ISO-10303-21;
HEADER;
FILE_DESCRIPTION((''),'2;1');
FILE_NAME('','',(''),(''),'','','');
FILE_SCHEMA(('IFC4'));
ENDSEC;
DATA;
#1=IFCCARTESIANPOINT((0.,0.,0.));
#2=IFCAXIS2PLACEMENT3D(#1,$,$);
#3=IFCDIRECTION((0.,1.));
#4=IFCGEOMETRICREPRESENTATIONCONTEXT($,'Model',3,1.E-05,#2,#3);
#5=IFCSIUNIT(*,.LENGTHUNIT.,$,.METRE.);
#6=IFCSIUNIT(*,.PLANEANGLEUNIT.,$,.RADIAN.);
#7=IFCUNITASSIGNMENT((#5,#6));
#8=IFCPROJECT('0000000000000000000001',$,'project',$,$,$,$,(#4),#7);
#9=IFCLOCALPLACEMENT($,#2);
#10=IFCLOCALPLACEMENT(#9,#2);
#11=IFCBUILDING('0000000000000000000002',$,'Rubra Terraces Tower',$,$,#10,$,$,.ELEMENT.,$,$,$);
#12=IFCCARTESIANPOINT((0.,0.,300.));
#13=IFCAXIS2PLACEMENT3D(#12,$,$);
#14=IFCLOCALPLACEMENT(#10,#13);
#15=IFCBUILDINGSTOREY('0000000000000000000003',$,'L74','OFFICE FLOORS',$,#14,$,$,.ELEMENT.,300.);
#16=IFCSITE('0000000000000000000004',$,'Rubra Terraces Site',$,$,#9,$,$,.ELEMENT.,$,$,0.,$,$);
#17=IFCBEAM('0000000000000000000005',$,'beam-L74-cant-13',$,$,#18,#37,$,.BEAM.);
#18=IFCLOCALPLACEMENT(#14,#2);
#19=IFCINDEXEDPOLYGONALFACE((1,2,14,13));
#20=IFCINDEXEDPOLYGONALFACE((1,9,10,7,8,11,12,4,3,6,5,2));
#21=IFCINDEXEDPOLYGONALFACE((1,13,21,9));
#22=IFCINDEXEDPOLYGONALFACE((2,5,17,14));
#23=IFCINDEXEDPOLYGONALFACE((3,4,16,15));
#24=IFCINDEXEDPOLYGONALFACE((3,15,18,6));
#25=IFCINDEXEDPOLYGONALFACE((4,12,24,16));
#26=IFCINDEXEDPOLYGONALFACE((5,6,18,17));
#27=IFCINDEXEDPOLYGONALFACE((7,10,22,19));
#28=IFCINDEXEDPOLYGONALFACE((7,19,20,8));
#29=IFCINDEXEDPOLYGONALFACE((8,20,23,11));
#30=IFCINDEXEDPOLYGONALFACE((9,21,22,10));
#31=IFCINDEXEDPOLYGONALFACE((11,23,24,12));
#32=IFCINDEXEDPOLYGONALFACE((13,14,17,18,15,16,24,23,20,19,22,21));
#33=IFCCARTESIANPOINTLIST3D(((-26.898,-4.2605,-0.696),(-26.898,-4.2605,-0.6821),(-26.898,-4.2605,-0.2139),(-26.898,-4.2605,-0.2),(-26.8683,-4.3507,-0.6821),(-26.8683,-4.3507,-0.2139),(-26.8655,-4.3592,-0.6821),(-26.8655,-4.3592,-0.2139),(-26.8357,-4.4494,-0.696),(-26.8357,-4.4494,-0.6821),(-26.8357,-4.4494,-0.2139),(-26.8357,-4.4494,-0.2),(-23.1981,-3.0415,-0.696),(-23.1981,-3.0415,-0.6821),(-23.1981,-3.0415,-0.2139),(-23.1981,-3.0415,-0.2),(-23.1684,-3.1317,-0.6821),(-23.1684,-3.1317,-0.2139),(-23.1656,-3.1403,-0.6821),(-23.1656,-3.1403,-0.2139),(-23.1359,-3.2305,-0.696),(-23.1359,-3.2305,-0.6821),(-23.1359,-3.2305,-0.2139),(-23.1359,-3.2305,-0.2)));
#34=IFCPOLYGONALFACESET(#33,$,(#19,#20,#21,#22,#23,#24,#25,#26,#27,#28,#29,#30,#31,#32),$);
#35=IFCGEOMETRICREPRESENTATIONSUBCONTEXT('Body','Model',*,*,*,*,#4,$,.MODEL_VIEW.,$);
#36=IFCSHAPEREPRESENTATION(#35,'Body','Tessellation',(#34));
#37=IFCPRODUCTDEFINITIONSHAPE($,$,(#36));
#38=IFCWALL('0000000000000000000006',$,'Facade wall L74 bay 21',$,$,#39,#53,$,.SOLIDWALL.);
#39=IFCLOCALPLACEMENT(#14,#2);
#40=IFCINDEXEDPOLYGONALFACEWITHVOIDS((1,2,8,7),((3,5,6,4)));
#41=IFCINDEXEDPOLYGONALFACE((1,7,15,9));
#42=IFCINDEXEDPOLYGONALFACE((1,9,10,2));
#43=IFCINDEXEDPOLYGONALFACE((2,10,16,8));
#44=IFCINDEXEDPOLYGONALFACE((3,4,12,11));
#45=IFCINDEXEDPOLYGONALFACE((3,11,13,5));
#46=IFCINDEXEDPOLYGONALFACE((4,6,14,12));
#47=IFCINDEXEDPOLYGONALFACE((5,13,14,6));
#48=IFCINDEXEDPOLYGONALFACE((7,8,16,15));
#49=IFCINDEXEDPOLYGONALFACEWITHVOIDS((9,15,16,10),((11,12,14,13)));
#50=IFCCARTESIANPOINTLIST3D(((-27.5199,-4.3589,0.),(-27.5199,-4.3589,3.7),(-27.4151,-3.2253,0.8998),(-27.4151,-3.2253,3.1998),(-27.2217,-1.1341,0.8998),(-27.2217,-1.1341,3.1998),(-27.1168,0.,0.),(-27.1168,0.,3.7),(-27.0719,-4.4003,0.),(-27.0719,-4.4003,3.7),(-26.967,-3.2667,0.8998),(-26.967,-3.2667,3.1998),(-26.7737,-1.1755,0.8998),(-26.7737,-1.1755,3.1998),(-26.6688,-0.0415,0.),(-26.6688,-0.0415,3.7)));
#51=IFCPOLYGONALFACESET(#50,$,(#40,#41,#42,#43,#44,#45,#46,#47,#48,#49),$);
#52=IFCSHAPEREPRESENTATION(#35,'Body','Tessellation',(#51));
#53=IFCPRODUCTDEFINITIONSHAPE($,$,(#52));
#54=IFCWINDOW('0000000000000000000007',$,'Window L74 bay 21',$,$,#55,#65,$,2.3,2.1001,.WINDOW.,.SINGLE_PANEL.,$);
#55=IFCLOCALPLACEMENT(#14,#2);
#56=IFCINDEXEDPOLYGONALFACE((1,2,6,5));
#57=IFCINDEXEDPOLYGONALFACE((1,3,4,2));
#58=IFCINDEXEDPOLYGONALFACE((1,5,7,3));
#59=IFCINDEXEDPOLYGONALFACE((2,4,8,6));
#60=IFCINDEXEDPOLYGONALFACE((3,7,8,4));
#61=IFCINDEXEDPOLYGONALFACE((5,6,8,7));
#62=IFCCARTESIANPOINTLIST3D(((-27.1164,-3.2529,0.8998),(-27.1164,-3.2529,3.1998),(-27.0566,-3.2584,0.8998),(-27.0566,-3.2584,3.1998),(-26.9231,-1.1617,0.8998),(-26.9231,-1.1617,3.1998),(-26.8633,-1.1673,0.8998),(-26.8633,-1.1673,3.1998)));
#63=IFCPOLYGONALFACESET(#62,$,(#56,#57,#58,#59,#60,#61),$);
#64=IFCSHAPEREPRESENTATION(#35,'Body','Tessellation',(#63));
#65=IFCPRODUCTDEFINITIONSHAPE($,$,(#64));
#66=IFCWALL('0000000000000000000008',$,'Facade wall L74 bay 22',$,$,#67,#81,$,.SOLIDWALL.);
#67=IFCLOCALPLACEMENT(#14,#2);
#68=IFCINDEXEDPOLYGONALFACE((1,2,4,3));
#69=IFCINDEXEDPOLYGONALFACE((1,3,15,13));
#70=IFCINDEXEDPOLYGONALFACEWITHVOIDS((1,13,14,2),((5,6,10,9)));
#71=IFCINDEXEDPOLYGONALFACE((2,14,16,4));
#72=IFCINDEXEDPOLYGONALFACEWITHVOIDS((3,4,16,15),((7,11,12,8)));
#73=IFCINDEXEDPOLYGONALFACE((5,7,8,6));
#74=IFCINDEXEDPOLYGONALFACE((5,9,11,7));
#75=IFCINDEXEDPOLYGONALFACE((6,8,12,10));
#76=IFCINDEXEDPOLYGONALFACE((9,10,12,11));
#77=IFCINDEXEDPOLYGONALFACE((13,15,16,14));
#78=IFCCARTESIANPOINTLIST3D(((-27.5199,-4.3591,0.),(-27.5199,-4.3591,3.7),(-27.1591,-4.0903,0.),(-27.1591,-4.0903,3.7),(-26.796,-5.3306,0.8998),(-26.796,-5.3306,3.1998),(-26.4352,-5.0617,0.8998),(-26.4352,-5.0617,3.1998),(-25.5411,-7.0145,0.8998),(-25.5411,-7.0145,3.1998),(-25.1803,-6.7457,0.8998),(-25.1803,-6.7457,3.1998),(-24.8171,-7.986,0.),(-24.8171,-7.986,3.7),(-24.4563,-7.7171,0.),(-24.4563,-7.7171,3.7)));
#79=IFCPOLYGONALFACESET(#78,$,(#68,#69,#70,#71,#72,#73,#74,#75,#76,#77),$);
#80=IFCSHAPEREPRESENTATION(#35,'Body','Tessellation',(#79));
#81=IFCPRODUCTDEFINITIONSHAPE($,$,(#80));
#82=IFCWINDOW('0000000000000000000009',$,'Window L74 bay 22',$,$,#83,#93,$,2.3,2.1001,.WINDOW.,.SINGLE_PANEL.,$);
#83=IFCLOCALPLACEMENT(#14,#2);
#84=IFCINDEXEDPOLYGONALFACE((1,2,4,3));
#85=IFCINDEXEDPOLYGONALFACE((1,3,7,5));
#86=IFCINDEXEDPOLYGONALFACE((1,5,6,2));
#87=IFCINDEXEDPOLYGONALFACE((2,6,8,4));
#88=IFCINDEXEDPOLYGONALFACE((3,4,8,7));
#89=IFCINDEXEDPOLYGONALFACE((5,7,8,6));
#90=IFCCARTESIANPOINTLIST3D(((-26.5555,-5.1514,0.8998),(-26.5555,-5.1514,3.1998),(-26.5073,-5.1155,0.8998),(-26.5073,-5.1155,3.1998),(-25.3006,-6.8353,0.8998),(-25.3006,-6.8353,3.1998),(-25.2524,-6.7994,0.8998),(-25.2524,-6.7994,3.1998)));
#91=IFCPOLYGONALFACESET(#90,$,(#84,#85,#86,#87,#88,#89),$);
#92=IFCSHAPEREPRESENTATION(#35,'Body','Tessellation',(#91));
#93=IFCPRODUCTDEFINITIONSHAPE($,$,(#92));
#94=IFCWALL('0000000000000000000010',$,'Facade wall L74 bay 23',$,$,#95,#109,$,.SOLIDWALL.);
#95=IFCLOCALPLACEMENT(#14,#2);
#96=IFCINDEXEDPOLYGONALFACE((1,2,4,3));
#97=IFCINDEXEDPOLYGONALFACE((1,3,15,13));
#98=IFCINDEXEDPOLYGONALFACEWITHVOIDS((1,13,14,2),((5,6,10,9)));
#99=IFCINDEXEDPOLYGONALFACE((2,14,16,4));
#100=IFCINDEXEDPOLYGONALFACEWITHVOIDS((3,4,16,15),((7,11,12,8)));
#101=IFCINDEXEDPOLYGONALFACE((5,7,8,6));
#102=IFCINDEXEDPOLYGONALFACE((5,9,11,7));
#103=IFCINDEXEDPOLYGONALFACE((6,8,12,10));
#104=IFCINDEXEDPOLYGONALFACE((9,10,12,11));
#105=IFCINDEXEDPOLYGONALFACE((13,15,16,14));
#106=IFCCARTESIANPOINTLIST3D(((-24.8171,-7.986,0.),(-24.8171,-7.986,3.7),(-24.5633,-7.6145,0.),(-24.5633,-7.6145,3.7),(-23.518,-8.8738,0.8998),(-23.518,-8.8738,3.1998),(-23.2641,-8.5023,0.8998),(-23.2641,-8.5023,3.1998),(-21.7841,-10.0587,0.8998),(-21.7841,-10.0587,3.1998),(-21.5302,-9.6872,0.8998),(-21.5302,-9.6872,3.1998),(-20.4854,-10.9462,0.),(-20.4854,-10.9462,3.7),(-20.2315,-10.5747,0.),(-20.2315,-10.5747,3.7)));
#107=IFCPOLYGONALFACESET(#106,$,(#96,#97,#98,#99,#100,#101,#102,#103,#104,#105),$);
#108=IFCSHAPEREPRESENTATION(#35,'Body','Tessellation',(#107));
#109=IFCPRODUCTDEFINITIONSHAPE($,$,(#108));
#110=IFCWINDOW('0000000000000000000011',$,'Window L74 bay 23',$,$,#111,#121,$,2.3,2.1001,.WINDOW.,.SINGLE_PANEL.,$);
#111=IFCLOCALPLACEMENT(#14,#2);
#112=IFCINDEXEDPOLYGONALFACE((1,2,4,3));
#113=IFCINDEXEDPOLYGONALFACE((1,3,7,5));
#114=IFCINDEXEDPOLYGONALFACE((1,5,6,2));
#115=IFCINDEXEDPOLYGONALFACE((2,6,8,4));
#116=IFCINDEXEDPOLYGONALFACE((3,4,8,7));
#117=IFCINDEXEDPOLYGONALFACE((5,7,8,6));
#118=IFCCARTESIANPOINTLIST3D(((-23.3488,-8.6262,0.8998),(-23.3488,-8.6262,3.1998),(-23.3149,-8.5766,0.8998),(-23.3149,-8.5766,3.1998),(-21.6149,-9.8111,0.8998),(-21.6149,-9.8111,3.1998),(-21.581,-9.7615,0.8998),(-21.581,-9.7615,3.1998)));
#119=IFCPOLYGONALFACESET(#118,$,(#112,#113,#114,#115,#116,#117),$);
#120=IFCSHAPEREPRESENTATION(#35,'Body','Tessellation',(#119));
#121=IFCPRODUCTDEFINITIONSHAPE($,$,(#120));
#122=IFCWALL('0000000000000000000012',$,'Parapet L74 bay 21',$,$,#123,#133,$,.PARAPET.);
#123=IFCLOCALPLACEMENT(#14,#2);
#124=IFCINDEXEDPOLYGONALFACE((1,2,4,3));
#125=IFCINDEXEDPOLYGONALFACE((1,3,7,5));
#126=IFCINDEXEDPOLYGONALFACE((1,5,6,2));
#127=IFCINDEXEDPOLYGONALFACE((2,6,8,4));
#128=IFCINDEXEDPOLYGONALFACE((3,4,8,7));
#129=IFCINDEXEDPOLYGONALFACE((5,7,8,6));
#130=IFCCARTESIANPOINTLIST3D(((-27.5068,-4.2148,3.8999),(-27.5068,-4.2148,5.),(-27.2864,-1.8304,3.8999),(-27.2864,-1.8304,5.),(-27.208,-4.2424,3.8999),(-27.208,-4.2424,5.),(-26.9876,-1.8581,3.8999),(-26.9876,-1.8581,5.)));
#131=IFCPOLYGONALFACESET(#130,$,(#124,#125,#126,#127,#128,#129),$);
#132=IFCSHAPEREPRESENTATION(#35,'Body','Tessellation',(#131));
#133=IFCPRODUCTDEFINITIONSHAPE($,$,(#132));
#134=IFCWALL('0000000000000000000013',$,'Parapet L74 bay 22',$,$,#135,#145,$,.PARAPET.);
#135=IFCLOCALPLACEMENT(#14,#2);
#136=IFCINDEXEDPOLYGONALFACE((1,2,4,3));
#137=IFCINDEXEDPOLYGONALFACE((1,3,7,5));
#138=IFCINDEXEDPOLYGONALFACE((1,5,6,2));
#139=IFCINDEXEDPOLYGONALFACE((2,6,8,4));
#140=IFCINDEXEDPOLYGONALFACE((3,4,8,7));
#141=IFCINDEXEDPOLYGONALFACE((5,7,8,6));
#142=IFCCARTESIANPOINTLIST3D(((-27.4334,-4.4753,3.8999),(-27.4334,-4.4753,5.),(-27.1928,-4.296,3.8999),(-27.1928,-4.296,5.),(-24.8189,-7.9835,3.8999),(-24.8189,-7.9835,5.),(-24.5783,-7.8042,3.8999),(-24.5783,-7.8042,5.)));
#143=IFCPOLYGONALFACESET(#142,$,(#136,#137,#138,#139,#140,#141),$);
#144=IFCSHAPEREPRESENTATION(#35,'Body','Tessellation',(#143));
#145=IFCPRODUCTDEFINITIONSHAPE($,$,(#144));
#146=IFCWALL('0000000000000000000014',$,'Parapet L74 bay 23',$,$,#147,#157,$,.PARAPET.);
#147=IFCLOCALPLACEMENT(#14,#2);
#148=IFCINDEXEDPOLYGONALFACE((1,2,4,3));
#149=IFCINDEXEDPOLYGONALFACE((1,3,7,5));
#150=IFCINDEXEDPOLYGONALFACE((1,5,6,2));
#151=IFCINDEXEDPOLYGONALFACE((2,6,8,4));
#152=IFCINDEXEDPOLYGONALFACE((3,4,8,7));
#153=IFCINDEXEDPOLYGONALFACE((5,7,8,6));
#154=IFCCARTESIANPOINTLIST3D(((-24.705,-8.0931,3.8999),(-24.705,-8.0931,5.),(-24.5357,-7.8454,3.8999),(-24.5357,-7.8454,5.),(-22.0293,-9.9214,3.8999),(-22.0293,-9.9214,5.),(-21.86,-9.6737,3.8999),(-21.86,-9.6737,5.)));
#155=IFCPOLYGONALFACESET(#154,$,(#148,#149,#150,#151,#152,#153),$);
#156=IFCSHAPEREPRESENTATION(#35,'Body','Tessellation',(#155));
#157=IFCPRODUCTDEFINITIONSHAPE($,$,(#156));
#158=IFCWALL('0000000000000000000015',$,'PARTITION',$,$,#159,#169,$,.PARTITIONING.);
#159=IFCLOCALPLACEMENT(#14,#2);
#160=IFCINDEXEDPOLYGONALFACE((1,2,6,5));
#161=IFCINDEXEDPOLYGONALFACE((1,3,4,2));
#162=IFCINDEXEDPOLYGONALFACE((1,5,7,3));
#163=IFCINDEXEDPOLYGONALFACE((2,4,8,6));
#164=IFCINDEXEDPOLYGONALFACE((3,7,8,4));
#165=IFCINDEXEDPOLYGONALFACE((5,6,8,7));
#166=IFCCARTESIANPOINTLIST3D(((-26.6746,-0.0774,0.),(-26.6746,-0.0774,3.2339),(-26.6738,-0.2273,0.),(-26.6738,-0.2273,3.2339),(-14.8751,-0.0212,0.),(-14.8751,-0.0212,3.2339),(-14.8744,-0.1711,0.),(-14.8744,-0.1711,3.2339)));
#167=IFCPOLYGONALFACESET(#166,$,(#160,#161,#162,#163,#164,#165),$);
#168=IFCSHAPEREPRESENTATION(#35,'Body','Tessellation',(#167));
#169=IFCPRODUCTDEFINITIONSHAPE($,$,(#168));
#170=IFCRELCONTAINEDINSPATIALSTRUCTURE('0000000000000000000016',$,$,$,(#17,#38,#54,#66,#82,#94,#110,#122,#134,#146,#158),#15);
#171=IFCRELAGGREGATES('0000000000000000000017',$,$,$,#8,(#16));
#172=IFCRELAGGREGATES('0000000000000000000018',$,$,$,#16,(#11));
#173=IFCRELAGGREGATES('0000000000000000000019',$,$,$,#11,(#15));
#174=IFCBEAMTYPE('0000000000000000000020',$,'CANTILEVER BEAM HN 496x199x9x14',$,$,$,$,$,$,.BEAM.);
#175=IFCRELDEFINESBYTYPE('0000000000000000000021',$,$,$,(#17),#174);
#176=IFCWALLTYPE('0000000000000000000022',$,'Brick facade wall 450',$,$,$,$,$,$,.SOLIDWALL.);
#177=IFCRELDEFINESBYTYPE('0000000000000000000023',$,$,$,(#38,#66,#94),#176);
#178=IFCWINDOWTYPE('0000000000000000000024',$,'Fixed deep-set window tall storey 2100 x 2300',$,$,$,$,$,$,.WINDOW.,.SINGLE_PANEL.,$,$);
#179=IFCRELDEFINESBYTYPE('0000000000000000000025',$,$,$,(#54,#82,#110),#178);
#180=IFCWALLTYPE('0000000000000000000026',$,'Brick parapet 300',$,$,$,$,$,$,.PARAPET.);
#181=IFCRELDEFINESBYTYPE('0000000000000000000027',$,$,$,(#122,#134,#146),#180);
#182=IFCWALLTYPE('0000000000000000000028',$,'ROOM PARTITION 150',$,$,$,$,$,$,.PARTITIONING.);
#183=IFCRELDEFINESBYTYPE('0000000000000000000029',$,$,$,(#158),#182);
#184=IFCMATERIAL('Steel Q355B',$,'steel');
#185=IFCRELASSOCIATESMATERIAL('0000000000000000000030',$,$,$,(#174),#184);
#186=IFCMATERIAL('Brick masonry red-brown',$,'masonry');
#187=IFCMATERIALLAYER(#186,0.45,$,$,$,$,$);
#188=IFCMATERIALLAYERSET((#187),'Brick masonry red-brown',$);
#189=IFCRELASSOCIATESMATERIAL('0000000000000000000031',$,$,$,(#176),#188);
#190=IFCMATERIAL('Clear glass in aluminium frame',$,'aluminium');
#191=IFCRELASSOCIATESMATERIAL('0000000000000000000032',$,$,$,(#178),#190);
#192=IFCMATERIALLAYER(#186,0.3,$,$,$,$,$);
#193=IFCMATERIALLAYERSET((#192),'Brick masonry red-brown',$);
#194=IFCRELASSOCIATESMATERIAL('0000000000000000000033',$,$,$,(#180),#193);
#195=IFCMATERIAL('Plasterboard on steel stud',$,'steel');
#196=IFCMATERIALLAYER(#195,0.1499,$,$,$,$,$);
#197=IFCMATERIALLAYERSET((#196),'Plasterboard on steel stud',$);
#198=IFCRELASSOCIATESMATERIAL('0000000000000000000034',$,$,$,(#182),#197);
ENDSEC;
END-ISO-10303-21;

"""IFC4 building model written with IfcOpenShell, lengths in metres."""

from ifc_helpers import new_model, si_unit, direction, frame, frame_2d, origin, origin_2d, place, context, subcontext, project, spatial, rectangle, i_section, extrude, material, layer, layer_set, material_profile, profile_set, type_object, element, fill, save


model = new_model("IFC4")

# Units and contexts
model_context = context("Model", 3, precision=1e-05, world=origin(), true_north=direction((0.0, 1.0)))
body_context = subcontext(model_context, "Body", "Model", "MODEL_VIEW")
ifc_project = project(units=[si_unit("LENGTHUNIT", "METRE"), si_unit("PLANEANGLEUNIT", "RADIAN")], contexts=[model_context])

# Site, building, storey
site_placement = place(None, origin())
site = spatial("IfcSite", under=ifc_project, at=site_placement, Name="Rubra Terraces Site", CompositionType="ELEMENT", RefElevation=0.0)
building_placement = place(site_placement, origin())
building = spatial("IfcBuilding", under=site, at=building_placement, Name="Rubra Terraces Tower", CompositionType="ELEMENT")
storey_placement = place(building_placement, frame((0.0, 0.0, 300.0)))
storey = spatial("IfcBuildingStorey", under=building, at=storey_placement, Name="L74", Description="OFFICE FLOORS", CompositionType="ELEMENT", Elevation=300.0)

# Beam
ifc_material_1 = material(Name="Steel Q355B", Category="steel")
ifc_material_profile = material_profile(ifc_material_1, i_section(OverallWidth=0.199, OverallDepth=0.4961, WebThickness=0.009, FlangeThickness=0.0139, at=origin_2d()), Name="HN 496x199x9x14")
ifc_profile_set = profile_set([ifc_material_profile], Name="Steel Q355B")
beam_type = type_object("IfcBeamType", Name="CANTILEVER BEAM HN 496x199x9x14", PredefinedType="BEAM", material=ifc_profile_set)
beam_placement = place(storey_placement, frame((-23.167, -3.136, -0.448), z_axis=(-0.949781, -0.312917, 0.0), x_axis=(0.312917, -0.949781, 0.0)))
element("IfcBeam", 1, at=beam_placement, inside=storey, type_object=beam_type, Name="beam-L74-cant-13", PredefinedType="BEAM", context=body_context, shape_type="SweptSolid", body=[
    extrude(i_section(OverallWidth=0.199, OverallDepth=0.4961, WebThickness=0.009, FlangeThickness=0.0139, at=origin_2d()), origin(), (0.0, 0.0, 1.0), 3.8955),
])

# Walls, openings, windows
ifc_material_2 = material(Name="Brick masonry red-brown", Category="masonry")
ifc_layer_1 = layer(ifc_material_2, 0.45)
ifc_layer_set_1 = layer_set([ifc_layer_1], Name="Brick masonry red-brown")
wall_type_1 = type_object("IfcWallType", Name="Brick facade wall 450", PredefinedType="SOLIDWALL", material=ifc_layer_set_1)
wall_1_placement = place(storey_placement, frame((-26.8928, -0.0208, 0.0), z_axis=(0.0, 0.0, 1.0), x_axis=(-0.092079, -0.995752, 0.0)))
wall_1 = element("IfcWall", 2, at=wall_1_placement, inside=storey, type_object=wall_type_1, Name="Facade wall L74 bay 21", PredefinedType="SOLIDWALL", context=body_context, shape_type="SweptSolid", body=[
    extrude(rectangle(XDim=4.3774, YDim=0.45, at=frame_2d((2.1887, 0.0))), origin(), (0.0, 0.0, 1.0), 3.7),
])
opening_1_placement = place(wall_1_placement, frame((1.1389, 0.0, 0.8999)))
opening_1 = element("IfcOpeningElement", 3, at=opening_1_placement, cuts=wall_1, PredefinedType="OPENING", context=body_context, shape_type="SweptSolid", body=[
    extrude(rectangle(XDim=2.1001, YDim=2.3, at=frame_2d((1.05, 1.1499))), frame((0.0, 0.2349, 0.0), z_axis=(0.0, -1.0, 0.0), x_axis=(1.0, 0.0, 0.0)), (0.0, 0.0, 1.0), 0.47),
])
ifc_material_3 = material(Name="Clear glass in aluminium frame", Category="aluminium")
window_type = type_object("IfcWindowType", Name="Fixed deep-set window tall storey 2100 x 2300", PartitioningType="SINGLE_PANEL", PredefinedType="WINDOW", material=ifc_material_3)
window_1_placement = place(opening_1_placement, origin())
window_1 = element("IfcWindow", 4, at=window_1_placement, inside=storey, type_object=window_type, Name="Window L74 bay 21", OverallHeight=2.3, OverallWidth=2.1001, PartitioningType="SINGLE_PANEL", PredefinedType="WINDOW", context=body_context, shape_type="SweptSolid", body=[
    extrude(rectangle(XDim=2.1001, YDim=2.3, at=frame_2d((1.05, 1.1499))), frame((0.0, 0.135, 0.0), z_axis=(0.0, -1.0, 0.0), x_axis=(1.0, 0.0, 0.0)), (0.0, 0.0, 1.0), 0.0601),
])
fill(opening_1, window_1)
wall_2_placement = place(storey_placement, frame((-27.3396, -4.2246, 0.0), z_axis=(0.0, 0.0, 1.0), x_axis=(0.597545, -0.801836, 0.0)))
wall_2 = element("IfcWall", 5, at=wall_2_placement, inside=storey, type_object=wall_type_1, Name="Facade wall L74 bay 22", PredefinedType="SOLIDWALL", context=body_context, shape_type="SweptSolid", body=[
    extrude(rectangle(XDim=4.5232, YDim=0.45, at=frame_2d((2.2617, 0.0))), origin(), (0.0, 0.0, 1.0), 3.7),
])
opening_2_placement = place(wall_2_placement, frame((1.2117, 0.0, 0.8999)))
opening_2 = element("IfcOpeningElement", 6, at=opening_2_placement, cuts=wall_2, PredefinedType="OPENING", context=body_context, shape_type="SweptSolid", body=[
    extrude(rectangle(XDim=2.1001, YDim=2.3, at=frame_2d((1.05, 1.1499))), frame((0.0, 0.2349, 0.0), z_axis=(0.0, -1.0, 0.0), x_axis=(1.0, 0.0, 0.0)), (0.0, 0.0, 1.0), 0.47),
])
window_2_placement = place(opening_2_placement, origin())
window_2 = element("IfcWindow", 7, at=window_2_placement, inside=storey, type_object=window_type, Name="Window L74 bay 22", OverallHeight=2.3, OverallWidth=2.1001, PartitioningType="SINGLE_PANEL", PredefinedType="WINDOW", context=body_context, shape_type="SweptSolid", body=[
    extrude(rectangle(XDim=2.1001, YDim=2.3, at=frame_2d((1.05, 1.1499))), frame((0.0, 0.135, 0.0), z_axis=(0.0, -1.0, 0.0), x_axis=(1.0, 0.0, 0.0)), (0.0, 0.0, 1.0), 0.0601),
])
fill(opening_2, window_2)
wall_3_placement = place(storey_placement, frame((-24.6902, -7.8003, 0.0), z_axis=(0.0, 0.0, 1.0), x_axis=(0.825631, -0.56421, 0.0)))
wall_3 = element("IfcWall", 8, at=wall_3_placement, inside=storey, type_object=wall_type_1, Name="Facade wall L74 bay 23", PredefinedType="SOLIDWALL", context=body_context, shape_type="SweptSolid", body=[
    extrude(rectangle(XDim=5.2466, YDim=0.45, at=frame_2d((2.6233, 0.0))), origin(), (0.0, 0.0, 1.0), 3.7),
])
opening_3_placement = place(wall_3_placement, frame((1.5735, 0.0, 0.8999)))
opening_3 = element("IfcOpeningElement", 9, at=opening_3_placement, cuts=wall_3, PredefinedType="OPENING", context=body_context, shape_type="SweptSolid", body=[
    extrude(rectangle(XDim=2.1001, YDim=2.3, at=frame_2d((1.05, 1.1499))), frame((0.0, 0.2349, 0.0), z_axis=(0.0, -1.0, 0.0), x_axis=(1.0, 0.0, 0.0)), (0.0, 0.0, 1.0), 0.47),
])
window_3_placement = place(opening_3_placement, origin())
window_3 = element("IfcWindow", 10, at=window_3_placement, inside=storey, type_object=window_type, Name="Window L74 bay 23", OverallHeight=2.3, OverallWidth=2.1001, PartitioningType="SINGLE_PANEL", PredefinedType="WINDOW", context=body_context, shape_type="SweptSolid", body=[
    extrude(rectangle(XDim=2.1001, YDim=2.3, at=frame_2d((1.05, 1.1499))), frame((0.0, 0.135, 0.0), z_axis=(0.0, -1.0, 0.0), x_axis=(1.0, 0.0, 0.0)), (0.0, 0.0, 1.0), 0.0601),
])
fill(opening_3, window_3)

# Walls
ifc_layer_2 = layer(ifc_material_2, 0.3)
ifc_layer_set_2 = layer_set([ifc_layer_2], Name="Brick masonry red-brown")
wall_type_2 = type_object("IfcWallType", Name="Brick parapet 300", PredefinedType="PARAPET", material=ifc_layer_set_2)
wall_4_placement = place(storey_placement, frame((-27.137, -1.8442, 3.8999), z_axis=(0.0, 0.0, 1.0), x_axis=(-0.092071, -0.995752, 0.0)))
element("IfcWall", 11, at=wall_4_placement, inside=storey, type_object=wall_type_2, Name="Parapet L74 bay 21", PredefinedType="PARAPET", context=body_context, shape_type="SweptSolid", body=[
    extrude(rectangle(XDim=2.3945, YDim=0.3, at=frame_2d((1.1973, 0.0))), origin(), (0.0, 0.0, 1.0), 1.1001),
])
wall_5_placement = place(storey_placement, frame((-27.313, -4.3857, 3.8999), z_axis=(0.0, 0.0, 1.0), x_axis=(0.597551, -0.801831, 0.0)))
element("IfcWall", 12, at=wall_5_placement, inside=storey, type_object=wall_type_2, Name="Parapet L74 bay 22", PredefinedType="PARAPET", context=body_context, shape_type="SweptSolid", body=[
    extrude(rectangle(XDim=4.3752, YDim=0.3, at=frame_2d((2.1875, 0.0))), origin(), (0.0, 0.0, 1.0), 1.1001),
])
wall_6_placement = place(storey_placement, frame((-24.6204, -7.9692, 3.8999), z_axis=(0.0, 0.0, 1.0), x_axis=(0.825656, -0.564173, 0.0)))
element("IfcWall", 13, at=wall_6_placement, inside=storey, type_object=wall_type_2, Name="Parapet L74 bay 23", PredefinedType="PARAPET", context=body_context, shape_type="SweptSolid", body=[
    extrude(rectangle(XDim=3.2407, YDim=0.3, at=frame_2d((1.6204, 0.0))), origin(), (0.0, 0.0, 1.0), 1.1001),
])
ifc_material_4 = material(Name="Plasterboard on steel stud", Category="steel")
ifc_layer_3 = layer(ifc_material_4, 0.1499)
ifc_layer_set_3 = layer_set([ifc_layer_3], Name="Plasterboard on steel stud")
wall_type_3 = type_object("IfcWallType", Name="ROOM PARTITION 150", PredefinedType="PARTITIONING", material=ifc_layer_set_3)
wall_7_placement = place(storey_placement, frame((-26.6743, -0.1523, 0.0), z_axis=(0.0, 0.0, 1.0), x_axis=(0.999989, 0.004759, 0.0)))
element("IfcWall", 14, at=wall_7_placement, inside=storey, type_object=wall_type_3, Name="PARTITION", PredefinedType="PARTITIONING", context=body_context, shape_type="SweptSolid", body=[
    extrude(rectangle(XDim=11.7996, YDim=0.1499, at=frame_2d((5.8999, 0.0))), origin(), (0.0, 0.0, 1.0), 3.2339),
])

save(model, "model.ifc")
